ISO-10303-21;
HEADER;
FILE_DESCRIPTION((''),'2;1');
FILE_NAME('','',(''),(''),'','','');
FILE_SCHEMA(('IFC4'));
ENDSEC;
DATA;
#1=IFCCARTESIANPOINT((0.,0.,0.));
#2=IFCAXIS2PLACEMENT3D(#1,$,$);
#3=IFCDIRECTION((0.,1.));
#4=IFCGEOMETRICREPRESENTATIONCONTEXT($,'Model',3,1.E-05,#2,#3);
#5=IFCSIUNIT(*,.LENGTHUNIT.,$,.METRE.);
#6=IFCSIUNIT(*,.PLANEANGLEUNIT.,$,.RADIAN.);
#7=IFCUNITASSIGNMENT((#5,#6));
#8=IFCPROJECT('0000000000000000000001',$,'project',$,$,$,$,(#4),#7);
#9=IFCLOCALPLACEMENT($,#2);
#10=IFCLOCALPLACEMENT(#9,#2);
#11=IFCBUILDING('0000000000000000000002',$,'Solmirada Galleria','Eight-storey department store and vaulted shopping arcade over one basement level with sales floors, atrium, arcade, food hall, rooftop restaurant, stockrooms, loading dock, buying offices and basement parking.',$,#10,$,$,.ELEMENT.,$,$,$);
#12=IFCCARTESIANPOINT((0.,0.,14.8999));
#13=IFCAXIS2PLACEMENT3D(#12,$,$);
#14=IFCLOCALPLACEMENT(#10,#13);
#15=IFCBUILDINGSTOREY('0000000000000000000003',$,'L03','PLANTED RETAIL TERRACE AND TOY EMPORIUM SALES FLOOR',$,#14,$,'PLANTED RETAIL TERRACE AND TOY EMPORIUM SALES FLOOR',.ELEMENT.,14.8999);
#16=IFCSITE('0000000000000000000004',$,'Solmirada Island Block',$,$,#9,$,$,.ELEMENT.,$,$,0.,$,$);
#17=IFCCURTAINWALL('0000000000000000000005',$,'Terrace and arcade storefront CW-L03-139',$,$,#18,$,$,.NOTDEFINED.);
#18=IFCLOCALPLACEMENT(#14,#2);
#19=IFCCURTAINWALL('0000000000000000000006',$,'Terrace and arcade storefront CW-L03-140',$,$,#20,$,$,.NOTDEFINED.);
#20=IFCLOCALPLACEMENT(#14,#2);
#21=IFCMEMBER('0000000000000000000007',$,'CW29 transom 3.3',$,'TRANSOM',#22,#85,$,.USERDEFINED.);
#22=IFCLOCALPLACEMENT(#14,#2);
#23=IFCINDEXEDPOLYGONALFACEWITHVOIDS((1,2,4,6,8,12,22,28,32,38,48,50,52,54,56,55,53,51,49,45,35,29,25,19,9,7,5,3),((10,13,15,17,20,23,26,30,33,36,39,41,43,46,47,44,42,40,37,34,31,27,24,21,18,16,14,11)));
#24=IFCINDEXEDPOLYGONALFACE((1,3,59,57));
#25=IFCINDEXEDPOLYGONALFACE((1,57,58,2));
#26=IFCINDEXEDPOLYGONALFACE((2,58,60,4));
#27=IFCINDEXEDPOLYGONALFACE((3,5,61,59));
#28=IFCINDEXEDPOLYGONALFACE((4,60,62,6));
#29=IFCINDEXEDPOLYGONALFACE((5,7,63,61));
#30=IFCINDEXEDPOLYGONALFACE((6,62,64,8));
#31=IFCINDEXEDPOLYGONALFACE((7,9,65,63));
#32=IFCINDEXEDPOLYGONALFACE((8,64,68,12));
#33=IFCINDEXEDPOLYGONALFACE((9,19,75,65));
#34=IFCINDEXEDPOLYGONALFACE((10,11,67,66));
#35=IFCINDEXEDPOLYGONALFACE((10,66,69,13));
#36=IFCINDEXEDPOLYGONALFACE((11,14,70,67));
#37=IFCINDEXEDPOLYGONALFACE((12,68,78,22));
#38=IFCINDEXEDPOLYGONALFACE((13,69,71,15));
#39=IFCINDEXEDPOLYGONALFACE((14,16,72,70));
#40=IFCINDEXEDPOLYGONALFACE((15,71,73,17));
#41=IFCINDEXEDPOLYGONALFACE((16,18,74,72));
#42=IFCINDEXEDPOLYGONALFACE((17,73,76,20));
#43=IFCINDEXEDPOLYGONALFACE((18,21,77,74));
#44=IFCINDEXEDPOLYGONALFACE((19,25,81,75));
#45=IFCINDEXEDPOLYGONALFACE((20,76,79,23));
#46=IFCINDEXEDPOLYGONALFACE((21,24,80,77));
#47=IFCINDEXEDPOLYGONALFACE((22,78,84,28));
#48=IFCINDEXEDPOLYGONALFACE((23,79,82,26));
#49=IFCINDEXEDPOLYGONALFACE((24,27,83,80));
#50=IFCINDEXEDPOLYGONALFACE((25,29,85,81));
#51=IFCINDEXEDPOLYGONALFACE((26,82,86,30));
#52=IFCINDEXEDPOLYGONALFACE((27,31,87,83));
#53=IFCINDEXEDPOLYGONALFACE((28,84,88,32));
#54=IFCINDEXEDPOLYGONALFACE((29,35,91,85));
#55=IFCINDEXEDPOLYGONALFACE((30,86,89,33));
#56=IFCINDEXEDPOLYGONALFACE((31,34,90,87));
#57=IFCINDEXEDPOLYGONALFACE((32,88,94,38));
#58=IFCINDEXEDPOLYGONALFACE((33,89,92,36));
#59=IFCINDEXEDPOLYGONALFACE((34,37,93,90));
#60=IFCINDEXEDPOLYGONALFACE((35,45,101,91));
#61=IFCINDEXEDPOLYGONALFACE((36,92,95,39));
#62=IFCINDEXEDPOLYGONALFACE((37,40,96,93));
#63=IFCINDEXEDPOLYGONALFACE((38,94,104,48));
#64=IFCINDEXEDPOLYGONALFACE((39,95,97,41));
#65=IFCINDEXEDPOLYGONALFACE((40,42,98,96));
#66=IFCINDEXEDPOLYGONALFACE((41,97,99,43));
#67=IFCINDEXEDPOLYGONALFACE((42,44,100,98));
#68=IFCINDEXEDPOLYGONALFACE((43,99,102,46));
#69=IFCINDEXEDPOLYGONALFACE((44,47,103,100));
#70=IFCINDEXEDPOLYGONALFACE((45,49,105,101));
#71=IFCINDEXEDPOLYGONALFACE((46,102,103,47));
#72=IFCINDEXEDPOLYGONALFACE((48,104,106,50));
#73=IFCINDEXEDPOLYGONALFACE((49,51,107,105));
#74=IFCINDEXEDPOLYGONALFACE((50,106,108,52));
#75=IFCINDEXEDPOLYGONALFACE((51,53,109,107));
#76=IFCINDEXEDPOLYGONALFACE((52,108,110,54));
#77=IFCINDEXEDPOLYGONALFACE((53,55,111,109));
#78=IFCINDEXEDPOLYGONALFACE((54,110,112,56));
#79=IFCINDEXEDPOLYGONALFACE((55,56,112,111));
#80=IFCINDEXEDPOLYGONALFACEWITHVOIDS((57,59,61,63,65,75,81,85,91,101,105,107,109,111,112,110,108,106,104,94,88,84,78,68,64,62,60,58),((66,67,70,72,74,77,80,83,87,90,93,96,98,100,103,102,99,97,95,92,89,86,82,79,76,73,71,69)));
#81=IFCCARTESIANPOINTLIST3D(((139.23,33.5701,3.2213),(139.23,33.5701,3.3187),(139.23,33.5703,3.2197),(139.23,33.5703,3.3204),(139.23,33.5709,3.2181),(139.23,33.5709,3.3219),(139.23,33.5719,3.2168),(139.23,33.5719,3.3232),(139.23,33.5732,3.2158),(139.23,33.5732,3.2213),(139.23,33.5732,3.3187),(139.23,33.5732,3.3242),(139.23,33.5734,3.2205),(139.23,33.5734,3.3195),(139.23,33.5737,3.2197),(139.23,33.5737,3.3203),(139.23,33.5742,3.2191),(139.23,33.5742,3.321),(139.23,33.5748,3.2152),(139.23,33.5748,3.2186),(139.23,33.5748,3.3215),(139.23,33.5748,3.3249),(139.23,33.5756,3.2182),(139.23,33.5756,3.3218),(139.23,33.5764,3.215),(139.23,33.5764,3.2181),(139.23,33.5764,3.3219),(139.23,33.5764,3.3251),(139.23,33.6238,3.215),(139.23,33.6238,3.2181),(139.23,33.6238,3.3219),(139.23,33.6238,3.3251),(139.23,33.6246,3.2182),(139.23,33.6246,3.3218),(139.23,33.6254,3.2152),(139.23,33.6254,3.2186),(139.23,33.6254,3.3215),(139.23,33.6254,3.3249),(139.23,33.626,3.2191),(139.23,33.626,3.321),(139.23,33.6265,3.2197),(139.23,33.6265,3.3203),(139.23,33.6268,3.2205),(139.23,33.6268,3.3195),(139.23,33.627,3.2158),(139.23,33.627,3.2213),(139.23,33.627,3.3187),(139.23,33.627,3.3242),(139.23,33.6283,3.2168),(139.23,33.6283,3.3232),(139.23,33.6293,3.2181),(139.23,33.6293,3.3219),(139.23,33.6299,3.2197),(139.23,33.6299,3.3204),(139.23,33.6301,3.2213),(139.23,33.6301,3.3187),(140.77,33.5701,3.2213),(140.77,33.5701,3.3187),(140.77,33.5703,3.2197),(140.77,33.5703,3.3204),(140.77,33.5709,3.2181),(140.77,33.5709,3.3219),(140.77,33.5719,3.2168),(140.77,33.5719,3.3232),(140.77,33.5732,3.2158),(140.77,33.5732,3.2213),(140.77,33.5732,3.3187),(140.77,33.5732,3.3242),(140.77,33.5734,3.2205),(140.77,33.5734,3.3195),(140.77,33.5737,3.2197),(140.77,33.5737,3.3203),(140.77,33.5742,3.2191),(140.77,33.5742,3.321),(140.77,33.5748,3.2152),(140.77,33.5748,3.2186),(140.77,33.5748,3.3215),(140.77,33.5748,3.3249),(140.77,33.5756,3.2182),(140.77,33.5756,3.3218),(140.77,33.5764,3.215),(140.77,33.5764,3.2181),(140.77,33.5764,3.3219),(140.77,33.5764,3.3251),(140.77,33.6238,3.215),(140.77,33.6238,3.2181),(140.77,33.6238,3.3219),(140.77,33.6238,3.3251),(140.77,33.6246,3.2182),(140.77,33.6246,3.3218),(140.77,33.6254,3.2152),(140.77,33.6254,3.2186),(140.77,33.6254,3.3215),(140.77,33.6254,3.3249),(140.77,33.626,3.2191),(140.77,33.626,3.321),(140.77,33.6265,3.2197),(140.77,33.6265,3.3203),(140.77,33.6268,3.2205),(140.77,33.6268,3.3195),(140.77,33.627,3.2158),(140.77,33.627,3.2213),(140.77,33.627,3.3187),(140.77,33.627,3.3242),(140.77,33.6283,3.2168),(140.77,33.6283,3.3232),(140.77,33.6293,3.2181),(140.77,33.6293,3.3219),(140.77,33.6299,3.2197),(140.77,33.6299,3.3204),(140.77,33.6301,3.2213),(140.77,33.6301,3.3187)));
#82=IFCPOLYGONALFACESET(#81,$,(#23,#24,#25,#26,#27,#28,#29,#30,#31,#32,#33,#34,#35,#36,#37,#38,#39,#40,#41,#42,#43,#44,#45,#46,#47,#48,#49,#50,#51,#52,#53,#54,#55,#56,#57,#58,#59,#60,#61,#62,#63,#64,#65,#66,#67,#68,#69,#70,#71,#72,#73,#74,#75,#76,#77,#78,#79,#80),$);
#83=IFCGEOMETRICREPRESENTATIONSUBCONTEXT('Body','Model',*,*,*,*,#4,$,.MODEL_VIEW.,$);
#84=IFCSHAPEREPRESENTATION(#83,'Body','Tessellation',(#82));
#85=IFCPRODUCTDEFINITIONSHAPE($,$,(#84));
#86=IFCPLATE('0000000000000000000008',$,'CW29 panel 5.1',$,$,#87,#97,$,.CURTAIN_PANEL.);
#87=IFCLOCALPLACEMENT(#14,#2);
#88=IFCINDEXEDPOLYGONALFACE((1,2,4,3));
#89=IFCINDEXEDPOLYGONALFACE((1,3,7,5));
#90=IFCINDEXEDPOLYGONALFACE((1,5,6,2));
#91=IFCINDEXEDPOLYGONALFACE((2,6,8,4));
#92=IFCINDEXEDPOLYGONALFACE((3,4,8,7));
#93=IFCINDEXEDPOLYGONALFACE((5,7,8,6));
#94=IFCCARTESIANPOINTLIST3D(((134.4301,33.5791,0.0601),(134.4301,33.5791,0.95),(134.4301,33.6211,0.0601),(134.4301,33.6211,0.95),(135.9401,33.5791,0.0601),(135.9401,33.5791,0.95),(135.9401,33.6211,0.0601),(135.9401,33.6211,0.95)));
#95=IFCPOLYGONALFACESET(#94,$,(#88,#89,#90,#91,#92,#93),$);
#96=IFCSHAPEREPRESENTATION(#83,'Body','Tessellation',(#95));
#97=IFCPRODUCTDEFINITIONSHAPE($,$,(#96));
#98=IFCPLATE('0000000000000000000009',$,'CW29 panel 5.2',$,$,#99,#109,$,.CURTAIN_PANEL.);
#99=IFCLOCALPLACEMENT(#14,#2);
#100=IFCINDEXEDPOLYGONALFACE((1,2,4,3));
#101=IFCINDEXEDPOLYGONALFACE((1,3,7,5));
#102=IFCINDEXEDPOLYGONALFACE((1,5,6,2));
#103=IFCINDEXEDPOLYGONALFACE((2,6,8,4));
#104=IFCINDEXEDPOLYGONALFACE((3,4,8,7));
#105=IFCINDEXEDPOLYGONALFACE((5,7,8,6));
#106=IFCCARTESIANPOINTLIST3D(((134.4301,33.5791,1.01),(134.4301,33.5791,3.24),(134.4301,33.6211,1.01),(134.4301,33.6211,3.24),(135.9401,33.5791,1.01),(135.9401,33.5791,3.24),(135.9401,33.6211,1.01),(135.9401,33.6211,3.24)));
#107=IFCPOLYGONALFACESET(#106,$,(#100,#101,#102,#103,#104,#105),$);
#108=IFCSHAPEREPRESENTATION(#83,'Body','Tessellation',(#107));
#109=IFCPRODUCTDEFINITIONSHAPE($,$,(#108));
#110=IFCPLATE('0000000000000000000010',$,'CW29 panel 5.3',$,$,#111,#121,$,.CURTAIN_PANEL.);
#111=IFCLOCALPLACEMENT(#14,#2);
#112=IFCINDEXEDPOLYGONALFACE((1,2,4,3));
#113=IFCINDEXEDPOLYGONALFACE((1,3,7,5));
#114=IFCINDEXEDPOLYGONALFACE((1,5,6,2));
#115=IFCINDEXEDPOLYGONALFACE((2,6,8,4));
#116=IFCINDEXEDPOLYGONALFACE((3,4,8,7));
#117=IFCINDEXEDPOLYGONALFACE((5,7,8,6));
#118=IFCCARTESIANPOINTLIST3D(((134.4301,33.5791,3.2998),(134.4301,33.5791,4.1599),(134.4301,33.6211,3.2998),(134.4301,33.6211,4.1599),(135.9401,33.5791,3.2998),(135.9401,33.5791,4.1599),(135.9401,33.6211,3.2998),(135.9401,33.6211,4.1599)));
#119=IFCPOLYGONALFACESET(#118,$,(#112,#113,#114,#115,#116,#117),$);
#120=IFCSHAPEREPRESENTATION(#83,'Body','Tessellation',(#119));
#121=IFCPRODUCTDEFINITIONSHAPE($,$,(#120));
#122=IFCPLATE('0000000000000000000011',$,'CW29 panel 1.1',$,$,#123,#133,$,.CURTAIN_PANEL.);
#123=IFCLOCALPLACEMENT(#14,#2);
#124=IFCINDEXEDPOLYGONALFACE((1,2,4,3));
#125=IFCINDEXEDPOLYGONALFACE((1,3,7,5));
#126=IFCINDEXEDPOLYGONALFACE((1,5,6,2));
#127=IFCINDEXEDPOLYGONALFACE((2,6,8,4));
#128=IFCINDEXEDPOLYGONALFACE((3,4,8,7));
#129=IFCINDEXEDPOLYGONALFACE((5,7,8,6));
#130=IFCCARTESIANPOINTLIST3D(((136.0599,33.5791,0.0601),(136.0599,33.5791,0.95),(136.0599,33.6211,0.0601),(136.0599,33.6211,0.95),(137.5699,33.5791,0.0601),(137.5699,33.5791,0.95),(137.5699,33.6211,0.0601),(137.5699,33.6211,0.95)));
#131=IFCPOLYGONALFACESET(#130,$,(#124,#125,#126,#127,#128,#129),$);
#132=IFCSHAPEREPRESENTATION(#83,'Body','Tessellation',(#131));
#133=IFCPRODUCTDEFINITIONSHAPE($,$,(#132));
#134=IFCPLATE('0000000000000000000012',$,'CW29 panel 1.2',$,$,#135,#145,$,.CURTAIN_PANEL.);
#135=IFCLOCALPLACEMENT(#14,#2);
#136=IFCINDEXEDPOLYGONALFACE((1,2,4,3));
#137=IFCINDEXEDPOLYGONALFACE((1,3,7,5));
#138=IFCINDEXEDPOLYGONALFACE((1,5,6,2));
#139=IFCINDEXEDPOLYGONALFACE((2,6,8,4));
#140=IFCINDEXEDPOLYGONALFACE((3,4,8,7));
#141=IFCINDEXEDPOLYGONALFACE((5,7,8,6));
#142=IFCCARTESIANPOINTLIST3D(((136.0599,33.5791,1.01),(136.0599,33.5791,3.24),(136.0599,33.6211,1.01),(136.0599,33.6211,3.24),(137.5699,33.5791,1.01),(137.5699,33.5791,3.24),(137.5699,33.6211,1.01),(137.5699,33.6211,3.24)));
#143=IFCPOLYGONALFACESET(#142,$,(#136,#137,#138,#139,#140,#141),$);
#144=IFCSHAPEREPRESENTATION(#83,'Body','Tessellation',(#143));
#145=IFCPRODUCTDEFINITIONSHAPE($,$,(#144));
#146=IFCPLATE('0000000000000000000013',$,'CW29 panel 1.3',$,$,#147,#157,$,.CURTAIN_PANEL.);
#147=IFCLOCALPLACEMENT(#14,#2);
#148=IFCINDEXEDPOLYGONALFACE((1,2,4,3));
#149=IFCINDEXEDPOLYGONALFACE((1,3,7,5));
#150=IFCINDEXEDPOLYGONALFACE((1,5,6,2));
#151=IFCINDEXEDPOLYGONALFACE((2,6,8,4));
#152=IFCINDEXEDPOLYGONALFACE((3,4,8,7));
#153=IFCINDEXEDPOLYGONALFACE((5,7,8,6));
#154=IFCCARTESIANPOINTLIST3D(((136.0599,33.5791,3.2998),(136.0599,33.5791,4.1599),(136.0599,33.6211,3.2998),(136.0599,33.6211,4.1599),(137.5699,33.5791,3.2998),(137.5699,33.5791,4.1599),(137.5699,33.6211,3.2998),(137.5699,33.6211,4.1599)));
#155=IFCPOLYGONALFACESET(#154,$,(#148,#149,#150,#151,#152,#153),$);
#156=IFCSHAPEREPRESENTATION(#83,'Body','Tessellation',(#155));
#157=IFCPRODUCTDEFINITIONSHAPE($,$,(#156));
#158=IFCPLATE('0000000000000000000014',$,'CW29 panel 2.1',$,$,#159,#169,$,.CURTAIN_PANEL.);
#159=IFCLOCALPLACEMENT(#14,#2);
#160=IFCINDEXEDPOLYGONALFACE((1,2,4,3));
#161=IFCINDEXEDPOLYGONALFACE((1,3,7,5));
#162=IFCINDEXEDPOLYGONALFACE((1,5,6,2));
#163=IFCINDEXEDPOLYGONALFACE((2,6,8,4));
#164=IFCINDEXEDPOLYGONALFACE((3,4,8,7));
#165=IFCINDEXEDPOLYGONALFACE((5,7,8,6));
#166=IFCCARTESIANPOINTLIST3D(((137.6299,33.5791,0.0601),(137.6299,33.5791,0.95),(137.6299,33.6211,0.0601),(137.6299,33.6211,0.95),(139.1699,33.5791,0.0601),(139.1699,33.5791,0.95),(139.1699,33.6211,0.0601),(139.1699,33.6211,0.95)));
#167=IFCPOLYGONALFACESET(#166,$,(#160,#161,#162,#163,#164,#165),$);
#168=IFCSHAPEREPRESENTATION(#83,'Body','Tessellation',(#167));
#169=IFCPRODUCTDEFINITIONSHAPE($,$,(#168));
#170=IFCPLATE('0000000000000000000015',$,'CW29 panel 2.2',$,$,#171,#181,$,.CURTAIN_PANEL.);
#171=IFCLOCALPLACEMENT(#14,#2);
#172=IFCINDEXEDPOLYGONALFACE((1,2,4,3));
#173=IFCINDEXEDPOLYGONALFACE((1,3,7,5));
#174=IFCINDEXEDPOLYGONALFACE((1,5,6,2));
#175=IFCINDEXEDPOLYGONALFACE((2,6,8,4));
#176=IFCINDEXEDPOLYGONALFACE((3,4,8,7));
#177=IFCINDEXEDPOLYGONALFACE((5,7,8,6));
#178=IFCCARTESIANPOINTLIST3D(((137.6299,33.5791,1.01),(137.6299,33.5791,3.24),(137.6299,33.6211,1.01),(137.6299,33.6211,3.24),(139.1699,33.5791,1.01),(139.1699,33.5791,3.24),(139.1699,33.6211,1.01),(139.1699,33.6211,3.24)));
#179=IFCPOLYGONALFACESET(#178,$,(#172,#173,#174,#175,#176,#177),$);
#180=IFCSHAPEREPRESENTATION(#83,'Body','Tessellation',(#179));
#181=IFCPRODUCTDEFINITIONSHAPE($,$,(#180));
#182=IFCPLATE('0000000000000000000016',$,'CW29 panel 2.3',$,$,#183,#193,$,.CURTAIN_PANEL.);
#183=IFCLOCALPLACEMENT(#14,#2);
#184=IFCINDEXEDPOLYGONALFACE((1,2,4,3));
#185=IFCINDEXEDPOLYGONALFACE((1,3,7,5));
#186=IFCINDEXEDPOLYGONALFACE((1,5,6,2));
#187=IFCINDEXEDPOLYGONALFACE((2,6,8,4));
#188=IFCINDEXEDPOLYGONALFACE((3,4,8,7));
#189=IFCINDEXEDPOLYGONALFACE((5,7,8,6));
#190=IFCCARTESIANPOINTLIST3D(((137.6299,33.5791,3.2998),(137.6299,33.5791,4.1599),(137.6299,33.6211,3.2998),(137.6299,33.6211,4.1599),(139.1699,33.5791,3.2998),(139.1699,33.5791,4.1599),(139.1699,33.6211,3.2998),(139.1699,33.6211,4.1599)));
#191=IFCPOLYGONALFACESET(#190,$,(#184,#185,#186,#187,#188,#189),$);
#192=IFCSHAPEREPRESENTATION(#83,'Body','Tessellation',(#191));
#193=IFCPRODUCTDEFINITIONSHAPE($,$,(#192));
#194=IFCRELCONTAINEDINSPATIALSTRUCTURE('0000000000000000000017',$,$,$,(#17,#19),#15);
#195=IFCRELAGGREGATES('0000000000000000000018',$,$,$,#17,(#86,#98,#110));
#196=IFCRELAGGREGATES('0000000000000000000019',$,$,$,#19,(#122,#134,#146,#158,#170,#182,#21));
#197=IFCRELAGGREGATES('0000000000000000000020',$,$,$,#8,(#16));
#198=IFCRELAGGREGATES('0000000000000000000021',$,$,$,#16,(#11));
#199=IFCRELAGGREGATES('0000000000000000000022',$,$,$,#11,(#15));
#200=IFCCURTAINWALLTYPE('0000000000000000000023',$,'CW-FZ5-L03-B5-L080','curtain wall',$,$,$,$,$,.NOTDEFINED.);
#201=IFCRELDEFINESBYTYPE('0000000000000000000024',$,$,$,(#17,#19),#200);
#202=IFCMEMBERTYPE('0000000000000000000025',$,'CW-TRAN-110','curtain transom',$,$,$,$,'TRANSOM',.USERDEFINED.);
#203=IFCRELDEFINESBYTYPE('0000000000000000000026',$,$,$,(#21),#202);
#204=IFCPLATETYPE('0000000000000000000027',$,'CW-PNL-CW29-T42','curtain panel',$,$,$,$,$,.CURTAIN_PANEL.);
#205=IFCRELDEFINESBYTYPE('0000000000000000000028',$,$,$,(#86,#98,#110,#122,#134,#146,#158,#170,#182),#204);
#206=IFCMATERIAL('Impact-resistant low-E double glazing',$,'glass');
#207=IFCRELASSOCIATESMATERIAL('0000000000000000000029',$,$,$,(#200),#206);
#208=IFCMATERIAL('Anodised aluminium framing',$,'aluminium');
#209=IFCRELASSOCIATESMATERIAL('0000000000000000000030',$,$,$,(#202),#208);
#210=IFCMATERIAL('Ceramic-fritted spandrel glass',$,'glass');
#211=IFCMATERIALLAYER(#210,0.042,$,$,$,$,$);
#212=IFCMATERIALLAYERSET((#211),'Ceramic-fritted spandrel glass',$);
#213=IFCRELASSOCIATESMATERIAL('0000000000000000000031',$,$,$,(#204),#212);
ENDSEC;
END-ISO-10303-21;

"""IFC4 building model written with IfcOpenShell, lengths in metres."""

from ifc_helpers import new_model, si_unit, direction, frame, origin, origin_2d, place, context, subcontext, project, spatial, rectangle, hollow_rectangle, extrude, material, layer, layer_set, material_profile, profile_set, type_object, element, aggregate, save


model = new_model("IFC4")

# Units and contexts
model_context = context("Model", 3, precision=1e-05, world=origin(), true_north=direction((0.0, 1.0)))
body_context = subcontext(model_context, "Body", "Model", "MODEL_VIEW")
ifc_project = project(units=[si_unit("LENGTHUNIT", "METRE"), si_unit("PLANEANGLEUNIT", "RADIAN")], contexts=[model_context])

# Site, building, storey
site_placement = place(None, origin())
site = spatial("IfcSite", under=ifc_project, at=site_placement, Name="Solmirada Island Block", CompositionType="ELEMENT", RefElevation=0.0)
building_placement = place(site_placement, origin())
building = spatial("IfcBuilding", under=site, at=building_placement, Name="Solmirada Galleria", Description="Eight-storey department store and vaulted shopping arcade over one basement level with sales floors, atrium, arcade, food hall, rooftop restaurant, stockrooms, loading dock, buying offices and basement parking.", CompositionType="ELEMENT")
storey_placement = place(building_placement, frame((0.0, 0.0, 14.8999)))
storey = spatial("IfcBuildingStorey", under=building, at=storey_placement, Name="L03", Description="PLANTED RETAIL TERRACE AND TOY EMPORIUM SALES FLOOR", LongName="PLANTED RETAIL TERRACE AND TOY EMPORIUM SALES FLOOR", CompositionType="ELEMENT", Elevation=14.8999)

# Curtain walls
ifc_material_1 = material(Name="Impact-resistant low-E double glazing", Category="glass")
curtain_wall_type = type_object("IfcCurtainWallType", Name="CW-FZ5-L03-B5-L080", Description="curtain wall", PredefinedType="NOTDEFINED", material=ifc_material_1)
curtain_wall_1_placement = place(storey_placement, origin())
curtain_wall_1 = element("IfcCurtainWall", 1, at=curtain_wall_1_placement, inside=storey, type_object=curtain_wall_type, Name="Terrace and arcade storefront CW-L03-139", PredefinedType="NOTDEFINED")
ifc_material_2 = material(Name="Anodised aluminium framing", Category="aluminium")
curtain_wall_2_placement = place(storey_placement, origin())
curtain_wall_2 = element("IfcCurtainWall", 2, at=curtain_wall_2_placement, inside=storey, type_object=curtain_wall_type, Name="Terrace and arcade storefront CW-L03-140", PredefinedType="NOTDEFINED")

# Member
ifc_material_profile_1 = material_profile(ifc_material_2, hollow_rectangle(XDim=0.0601, YDim=0.1101, WallThickness=0.0032, InnerFilletRadius=0.0032, OuterFilletRadius=0.0063, at=origin_2d()), Name="ALU-TRAN-110X60")
ifc_profile_set_1 = profile_set([ifc_material_profile_1], Name="Anodised aluminium framing")
member_type_1 = type_object("IfcMemberType", Name="CW-TRAN-110", Description="curtain transom", ElementType="TRANSOM", PredefinedType="USERDEFINED", material=ifc_profile_set_1)
member_1_placement = place(storey_placement, frame((139.23, 33.6001, 3.27), z_axis=(1.0, 0.0, 0.0), x_axis=(0.0, 1.0, 0.0)))
member_1 = element("IfcMember", 3, at=member_1_placement, type_object=member_type_1, Name="CW29 transom 3.3", ObjectType="TRANSOM", PredefinedType="USERDEFINED", context=body_context, shape_type="SweptSolid", body=[
    extrude(hollow_rectangle(XDim=0.0601, YDim=0.1101, WallThickness=0.0032, InnerFilletRadius=0.0032, OuterFilletRadius=0.0063, at=origin_2d()), origin(), (0.0, 0.0, 1.0), 1.54),
])

# Plates
ifc_material_3 = material(Name="Ceramic-fritted spandrel glass", Category="glass")
ifc_layer_1 = layer(ifc_material_3, 0.042)
ifc_layer_set_1 = layer_set([ifc_layer_1], Name="Ceramic-fritted spandrel glass")
plate_type = type_object("IfcPlateType", Name="CW-PNL-CW29-T42", Description="curtain panel", PredefinedType="CURTAIN_PANEL", material=ifc_layer_set_1)
plate_1_placement = place(storey_placement, frame((135.1851, 33.6001, 0.0601), z_axis=(0.0, 0.0, 1.0), x_axis=(1.0, 0.0, 0.0)))
plate_1 = element("IfcPlate", 4, at=plate_1_placement, type_object=plate_type, Name="CW29 panel 5.1", PredefinedType="CURTAIN_PANEL", context=body_context, shape_type="SweptSolid", body=[
    extrude(rectangle(XDim=1.51, YDim=0.042, at=origin_2d()), origin(), (0.0, 0.0, 1.0), 0.8899),
])
plate_2_placement = place(storey_placement, frame((135.1851, 33.6001, 1.01), z_axis=(0.0, 0.0, 1.0), x_axis=(1.0, 0.0, 0.0)))
plate_2 = element("IfcPlate", 5, at=plate_2_placement, type_object=plate_type, Name="CW29 panel 5.2", PredefinedType="CURTAIN_PANEL", context=body_context, shape_type="SweptSolid", body=[
    extrude(rectangle(XDim=1.51, YDim=0.042, at=origin_2d()), origin(), (0.0, 0.0, 1.0), 2.23),
])
plate_3_placement = place(storey_placement, frame((135.1851, 33.6001, 3.2998), z_axis=(0.0, 0.0, 1.0), x_axis=(1.0, 0.0, 0.0)))
plate_3 = element("IfcPlate", 6, at=plate_3_placement, type_object=plate_type, Name="CW29 panel 5.3", PredefinedType="CURTAIN_PANEL", context=body_context, shape_type="SweptSolid", body=[
    extrude(rectangle(XDim=1.51, YDim=0.042, at=origin_2d()), origin(), (0.0, 0.0, 1.0), 0.8601),
])
aggregate(curtain_wall_1, [plate_1, plate_2, plate_3])
plate_4_placement = place(storey_placement, frame((136.8149, 33.6001, 0.0601), z_axis=(0.0, 0.0, 1.0), x_axis=(1.0, 0.0, 0.0)))
plate_4 = element("IfcPlate", 7, at=plate_4_placement, type_object=plate_type, Name="CW29 panel 1.1", PredefinedType="CURTAIN_PANEL", context=body_context, shape_type="SweptSolid", body=[
    extrude(rectangle(XDim=1.51, YDim=0.042, at=origin_2d()), origin(), (0.0, 0.0, 1.0), 0.8899),
])
plate_5_placement = place(storey_placement, frame((136.8149, 33.6001, 1.01), z_axis=(0.0, 0.0, 1.0), x_axis=(1.0, 0.0, 0.0)))
plate_5 = element("IfcPlate", 8, at=plate_5_placement, type_object=plate_type, Name="CW29 panel 1.2", PredefinedType="CURTAIN_PANEL", context=body_context, shape_type="SweptSolid", body=[
    extrude(rectangle(XDim=1.51, YDim=0.042, at=origin_2d()), origin(), (0.0, 0.0, 1.0), 2.23),
])
plate_6_placement = place(storey_placement, frame((136.8149, 33.6001, 3.2998), z_axis=(0.0, 0.0, 1.0), x_axis=(1.0, 0.0, 0.0)))
plate_6 = element("IfcPlate", 9, at=plate_6_placement, type_object=plate_type, Name="CW29 panel 1.3", PredefinedType="CURTAIN_PANEL", context=body_context, shape_type="SweptSolid", body=[
    extrude(rectangle(XDim=1.51, YDim=0.042, at=origin_2d()), origin(), (0.0, 0.0, 1.0), 0.8601),
])
plate_7_placement = place(storey_placement, frame((138.3999, 33.6001, 0.0601), z_axis=(0.0, 0.0, 1.0), x_axis=(1.0, 0.0, 0.0)))
plate_7 = element("IfcPlate", 10, at=plate_7_placement, type_object=plate_type, Name="CW29 panel 2.1", PredefinedType="CURTAIN_PANEL", context=body_context, shape_type="SweptSolid", body=[
    extrude(rectangle(XDim=1.54, YDim=0.042, at=origin_2d()), origin(), (0.0, 0.0, 1.0), 0.8899),
])
plate_8_placement = place(storey_placement, frame((138.3999, 33.6001, 1.01), z_axis=(0.0, 0.0, 1.0), x_axis=(1.0, 0.0, 0.0)))
plate_8 = element("IfcPlate", 11, at=plate_8_placement, type_object=plate_type, Name="CW29 panel 2.2", PredefinedType="CURTAIN_PANEL", context=body_context, shape_type="SweptSolid", body=[
    extrude(rectangle(XDim=1.54, YDim=0.042, at=origin_2d()), origin(), (0.0, 0.0, 1.0), 2.23),
])
plate_9_placement = place(storey_placement, frame((138.3999, 33.6001, 3.2998), z_axis=(0.0, 0.0, 1.0), x_axis=(1.0, 0.0, 0.0)))
plate_9 = element("IfcPlate", 12, at=plate_9_placement, type_object=plate_type, Name="CW29 panel 2.3", PredefinedType="CURTAIN_PANEL", context=body_context, shape_type="SweptSolid", body=[
    extrude(rectangle(XDim=1.54, YDim=0.042, at=origin_2d()), origin(), (0.0, 0.0, 1.0), 0.8601),
])
aggregate(curtain_wall_2, [plate_4, plate_5, plate_6, plate_7, plate_8, plate_9, member_1])

save(model, "model.ifc")
